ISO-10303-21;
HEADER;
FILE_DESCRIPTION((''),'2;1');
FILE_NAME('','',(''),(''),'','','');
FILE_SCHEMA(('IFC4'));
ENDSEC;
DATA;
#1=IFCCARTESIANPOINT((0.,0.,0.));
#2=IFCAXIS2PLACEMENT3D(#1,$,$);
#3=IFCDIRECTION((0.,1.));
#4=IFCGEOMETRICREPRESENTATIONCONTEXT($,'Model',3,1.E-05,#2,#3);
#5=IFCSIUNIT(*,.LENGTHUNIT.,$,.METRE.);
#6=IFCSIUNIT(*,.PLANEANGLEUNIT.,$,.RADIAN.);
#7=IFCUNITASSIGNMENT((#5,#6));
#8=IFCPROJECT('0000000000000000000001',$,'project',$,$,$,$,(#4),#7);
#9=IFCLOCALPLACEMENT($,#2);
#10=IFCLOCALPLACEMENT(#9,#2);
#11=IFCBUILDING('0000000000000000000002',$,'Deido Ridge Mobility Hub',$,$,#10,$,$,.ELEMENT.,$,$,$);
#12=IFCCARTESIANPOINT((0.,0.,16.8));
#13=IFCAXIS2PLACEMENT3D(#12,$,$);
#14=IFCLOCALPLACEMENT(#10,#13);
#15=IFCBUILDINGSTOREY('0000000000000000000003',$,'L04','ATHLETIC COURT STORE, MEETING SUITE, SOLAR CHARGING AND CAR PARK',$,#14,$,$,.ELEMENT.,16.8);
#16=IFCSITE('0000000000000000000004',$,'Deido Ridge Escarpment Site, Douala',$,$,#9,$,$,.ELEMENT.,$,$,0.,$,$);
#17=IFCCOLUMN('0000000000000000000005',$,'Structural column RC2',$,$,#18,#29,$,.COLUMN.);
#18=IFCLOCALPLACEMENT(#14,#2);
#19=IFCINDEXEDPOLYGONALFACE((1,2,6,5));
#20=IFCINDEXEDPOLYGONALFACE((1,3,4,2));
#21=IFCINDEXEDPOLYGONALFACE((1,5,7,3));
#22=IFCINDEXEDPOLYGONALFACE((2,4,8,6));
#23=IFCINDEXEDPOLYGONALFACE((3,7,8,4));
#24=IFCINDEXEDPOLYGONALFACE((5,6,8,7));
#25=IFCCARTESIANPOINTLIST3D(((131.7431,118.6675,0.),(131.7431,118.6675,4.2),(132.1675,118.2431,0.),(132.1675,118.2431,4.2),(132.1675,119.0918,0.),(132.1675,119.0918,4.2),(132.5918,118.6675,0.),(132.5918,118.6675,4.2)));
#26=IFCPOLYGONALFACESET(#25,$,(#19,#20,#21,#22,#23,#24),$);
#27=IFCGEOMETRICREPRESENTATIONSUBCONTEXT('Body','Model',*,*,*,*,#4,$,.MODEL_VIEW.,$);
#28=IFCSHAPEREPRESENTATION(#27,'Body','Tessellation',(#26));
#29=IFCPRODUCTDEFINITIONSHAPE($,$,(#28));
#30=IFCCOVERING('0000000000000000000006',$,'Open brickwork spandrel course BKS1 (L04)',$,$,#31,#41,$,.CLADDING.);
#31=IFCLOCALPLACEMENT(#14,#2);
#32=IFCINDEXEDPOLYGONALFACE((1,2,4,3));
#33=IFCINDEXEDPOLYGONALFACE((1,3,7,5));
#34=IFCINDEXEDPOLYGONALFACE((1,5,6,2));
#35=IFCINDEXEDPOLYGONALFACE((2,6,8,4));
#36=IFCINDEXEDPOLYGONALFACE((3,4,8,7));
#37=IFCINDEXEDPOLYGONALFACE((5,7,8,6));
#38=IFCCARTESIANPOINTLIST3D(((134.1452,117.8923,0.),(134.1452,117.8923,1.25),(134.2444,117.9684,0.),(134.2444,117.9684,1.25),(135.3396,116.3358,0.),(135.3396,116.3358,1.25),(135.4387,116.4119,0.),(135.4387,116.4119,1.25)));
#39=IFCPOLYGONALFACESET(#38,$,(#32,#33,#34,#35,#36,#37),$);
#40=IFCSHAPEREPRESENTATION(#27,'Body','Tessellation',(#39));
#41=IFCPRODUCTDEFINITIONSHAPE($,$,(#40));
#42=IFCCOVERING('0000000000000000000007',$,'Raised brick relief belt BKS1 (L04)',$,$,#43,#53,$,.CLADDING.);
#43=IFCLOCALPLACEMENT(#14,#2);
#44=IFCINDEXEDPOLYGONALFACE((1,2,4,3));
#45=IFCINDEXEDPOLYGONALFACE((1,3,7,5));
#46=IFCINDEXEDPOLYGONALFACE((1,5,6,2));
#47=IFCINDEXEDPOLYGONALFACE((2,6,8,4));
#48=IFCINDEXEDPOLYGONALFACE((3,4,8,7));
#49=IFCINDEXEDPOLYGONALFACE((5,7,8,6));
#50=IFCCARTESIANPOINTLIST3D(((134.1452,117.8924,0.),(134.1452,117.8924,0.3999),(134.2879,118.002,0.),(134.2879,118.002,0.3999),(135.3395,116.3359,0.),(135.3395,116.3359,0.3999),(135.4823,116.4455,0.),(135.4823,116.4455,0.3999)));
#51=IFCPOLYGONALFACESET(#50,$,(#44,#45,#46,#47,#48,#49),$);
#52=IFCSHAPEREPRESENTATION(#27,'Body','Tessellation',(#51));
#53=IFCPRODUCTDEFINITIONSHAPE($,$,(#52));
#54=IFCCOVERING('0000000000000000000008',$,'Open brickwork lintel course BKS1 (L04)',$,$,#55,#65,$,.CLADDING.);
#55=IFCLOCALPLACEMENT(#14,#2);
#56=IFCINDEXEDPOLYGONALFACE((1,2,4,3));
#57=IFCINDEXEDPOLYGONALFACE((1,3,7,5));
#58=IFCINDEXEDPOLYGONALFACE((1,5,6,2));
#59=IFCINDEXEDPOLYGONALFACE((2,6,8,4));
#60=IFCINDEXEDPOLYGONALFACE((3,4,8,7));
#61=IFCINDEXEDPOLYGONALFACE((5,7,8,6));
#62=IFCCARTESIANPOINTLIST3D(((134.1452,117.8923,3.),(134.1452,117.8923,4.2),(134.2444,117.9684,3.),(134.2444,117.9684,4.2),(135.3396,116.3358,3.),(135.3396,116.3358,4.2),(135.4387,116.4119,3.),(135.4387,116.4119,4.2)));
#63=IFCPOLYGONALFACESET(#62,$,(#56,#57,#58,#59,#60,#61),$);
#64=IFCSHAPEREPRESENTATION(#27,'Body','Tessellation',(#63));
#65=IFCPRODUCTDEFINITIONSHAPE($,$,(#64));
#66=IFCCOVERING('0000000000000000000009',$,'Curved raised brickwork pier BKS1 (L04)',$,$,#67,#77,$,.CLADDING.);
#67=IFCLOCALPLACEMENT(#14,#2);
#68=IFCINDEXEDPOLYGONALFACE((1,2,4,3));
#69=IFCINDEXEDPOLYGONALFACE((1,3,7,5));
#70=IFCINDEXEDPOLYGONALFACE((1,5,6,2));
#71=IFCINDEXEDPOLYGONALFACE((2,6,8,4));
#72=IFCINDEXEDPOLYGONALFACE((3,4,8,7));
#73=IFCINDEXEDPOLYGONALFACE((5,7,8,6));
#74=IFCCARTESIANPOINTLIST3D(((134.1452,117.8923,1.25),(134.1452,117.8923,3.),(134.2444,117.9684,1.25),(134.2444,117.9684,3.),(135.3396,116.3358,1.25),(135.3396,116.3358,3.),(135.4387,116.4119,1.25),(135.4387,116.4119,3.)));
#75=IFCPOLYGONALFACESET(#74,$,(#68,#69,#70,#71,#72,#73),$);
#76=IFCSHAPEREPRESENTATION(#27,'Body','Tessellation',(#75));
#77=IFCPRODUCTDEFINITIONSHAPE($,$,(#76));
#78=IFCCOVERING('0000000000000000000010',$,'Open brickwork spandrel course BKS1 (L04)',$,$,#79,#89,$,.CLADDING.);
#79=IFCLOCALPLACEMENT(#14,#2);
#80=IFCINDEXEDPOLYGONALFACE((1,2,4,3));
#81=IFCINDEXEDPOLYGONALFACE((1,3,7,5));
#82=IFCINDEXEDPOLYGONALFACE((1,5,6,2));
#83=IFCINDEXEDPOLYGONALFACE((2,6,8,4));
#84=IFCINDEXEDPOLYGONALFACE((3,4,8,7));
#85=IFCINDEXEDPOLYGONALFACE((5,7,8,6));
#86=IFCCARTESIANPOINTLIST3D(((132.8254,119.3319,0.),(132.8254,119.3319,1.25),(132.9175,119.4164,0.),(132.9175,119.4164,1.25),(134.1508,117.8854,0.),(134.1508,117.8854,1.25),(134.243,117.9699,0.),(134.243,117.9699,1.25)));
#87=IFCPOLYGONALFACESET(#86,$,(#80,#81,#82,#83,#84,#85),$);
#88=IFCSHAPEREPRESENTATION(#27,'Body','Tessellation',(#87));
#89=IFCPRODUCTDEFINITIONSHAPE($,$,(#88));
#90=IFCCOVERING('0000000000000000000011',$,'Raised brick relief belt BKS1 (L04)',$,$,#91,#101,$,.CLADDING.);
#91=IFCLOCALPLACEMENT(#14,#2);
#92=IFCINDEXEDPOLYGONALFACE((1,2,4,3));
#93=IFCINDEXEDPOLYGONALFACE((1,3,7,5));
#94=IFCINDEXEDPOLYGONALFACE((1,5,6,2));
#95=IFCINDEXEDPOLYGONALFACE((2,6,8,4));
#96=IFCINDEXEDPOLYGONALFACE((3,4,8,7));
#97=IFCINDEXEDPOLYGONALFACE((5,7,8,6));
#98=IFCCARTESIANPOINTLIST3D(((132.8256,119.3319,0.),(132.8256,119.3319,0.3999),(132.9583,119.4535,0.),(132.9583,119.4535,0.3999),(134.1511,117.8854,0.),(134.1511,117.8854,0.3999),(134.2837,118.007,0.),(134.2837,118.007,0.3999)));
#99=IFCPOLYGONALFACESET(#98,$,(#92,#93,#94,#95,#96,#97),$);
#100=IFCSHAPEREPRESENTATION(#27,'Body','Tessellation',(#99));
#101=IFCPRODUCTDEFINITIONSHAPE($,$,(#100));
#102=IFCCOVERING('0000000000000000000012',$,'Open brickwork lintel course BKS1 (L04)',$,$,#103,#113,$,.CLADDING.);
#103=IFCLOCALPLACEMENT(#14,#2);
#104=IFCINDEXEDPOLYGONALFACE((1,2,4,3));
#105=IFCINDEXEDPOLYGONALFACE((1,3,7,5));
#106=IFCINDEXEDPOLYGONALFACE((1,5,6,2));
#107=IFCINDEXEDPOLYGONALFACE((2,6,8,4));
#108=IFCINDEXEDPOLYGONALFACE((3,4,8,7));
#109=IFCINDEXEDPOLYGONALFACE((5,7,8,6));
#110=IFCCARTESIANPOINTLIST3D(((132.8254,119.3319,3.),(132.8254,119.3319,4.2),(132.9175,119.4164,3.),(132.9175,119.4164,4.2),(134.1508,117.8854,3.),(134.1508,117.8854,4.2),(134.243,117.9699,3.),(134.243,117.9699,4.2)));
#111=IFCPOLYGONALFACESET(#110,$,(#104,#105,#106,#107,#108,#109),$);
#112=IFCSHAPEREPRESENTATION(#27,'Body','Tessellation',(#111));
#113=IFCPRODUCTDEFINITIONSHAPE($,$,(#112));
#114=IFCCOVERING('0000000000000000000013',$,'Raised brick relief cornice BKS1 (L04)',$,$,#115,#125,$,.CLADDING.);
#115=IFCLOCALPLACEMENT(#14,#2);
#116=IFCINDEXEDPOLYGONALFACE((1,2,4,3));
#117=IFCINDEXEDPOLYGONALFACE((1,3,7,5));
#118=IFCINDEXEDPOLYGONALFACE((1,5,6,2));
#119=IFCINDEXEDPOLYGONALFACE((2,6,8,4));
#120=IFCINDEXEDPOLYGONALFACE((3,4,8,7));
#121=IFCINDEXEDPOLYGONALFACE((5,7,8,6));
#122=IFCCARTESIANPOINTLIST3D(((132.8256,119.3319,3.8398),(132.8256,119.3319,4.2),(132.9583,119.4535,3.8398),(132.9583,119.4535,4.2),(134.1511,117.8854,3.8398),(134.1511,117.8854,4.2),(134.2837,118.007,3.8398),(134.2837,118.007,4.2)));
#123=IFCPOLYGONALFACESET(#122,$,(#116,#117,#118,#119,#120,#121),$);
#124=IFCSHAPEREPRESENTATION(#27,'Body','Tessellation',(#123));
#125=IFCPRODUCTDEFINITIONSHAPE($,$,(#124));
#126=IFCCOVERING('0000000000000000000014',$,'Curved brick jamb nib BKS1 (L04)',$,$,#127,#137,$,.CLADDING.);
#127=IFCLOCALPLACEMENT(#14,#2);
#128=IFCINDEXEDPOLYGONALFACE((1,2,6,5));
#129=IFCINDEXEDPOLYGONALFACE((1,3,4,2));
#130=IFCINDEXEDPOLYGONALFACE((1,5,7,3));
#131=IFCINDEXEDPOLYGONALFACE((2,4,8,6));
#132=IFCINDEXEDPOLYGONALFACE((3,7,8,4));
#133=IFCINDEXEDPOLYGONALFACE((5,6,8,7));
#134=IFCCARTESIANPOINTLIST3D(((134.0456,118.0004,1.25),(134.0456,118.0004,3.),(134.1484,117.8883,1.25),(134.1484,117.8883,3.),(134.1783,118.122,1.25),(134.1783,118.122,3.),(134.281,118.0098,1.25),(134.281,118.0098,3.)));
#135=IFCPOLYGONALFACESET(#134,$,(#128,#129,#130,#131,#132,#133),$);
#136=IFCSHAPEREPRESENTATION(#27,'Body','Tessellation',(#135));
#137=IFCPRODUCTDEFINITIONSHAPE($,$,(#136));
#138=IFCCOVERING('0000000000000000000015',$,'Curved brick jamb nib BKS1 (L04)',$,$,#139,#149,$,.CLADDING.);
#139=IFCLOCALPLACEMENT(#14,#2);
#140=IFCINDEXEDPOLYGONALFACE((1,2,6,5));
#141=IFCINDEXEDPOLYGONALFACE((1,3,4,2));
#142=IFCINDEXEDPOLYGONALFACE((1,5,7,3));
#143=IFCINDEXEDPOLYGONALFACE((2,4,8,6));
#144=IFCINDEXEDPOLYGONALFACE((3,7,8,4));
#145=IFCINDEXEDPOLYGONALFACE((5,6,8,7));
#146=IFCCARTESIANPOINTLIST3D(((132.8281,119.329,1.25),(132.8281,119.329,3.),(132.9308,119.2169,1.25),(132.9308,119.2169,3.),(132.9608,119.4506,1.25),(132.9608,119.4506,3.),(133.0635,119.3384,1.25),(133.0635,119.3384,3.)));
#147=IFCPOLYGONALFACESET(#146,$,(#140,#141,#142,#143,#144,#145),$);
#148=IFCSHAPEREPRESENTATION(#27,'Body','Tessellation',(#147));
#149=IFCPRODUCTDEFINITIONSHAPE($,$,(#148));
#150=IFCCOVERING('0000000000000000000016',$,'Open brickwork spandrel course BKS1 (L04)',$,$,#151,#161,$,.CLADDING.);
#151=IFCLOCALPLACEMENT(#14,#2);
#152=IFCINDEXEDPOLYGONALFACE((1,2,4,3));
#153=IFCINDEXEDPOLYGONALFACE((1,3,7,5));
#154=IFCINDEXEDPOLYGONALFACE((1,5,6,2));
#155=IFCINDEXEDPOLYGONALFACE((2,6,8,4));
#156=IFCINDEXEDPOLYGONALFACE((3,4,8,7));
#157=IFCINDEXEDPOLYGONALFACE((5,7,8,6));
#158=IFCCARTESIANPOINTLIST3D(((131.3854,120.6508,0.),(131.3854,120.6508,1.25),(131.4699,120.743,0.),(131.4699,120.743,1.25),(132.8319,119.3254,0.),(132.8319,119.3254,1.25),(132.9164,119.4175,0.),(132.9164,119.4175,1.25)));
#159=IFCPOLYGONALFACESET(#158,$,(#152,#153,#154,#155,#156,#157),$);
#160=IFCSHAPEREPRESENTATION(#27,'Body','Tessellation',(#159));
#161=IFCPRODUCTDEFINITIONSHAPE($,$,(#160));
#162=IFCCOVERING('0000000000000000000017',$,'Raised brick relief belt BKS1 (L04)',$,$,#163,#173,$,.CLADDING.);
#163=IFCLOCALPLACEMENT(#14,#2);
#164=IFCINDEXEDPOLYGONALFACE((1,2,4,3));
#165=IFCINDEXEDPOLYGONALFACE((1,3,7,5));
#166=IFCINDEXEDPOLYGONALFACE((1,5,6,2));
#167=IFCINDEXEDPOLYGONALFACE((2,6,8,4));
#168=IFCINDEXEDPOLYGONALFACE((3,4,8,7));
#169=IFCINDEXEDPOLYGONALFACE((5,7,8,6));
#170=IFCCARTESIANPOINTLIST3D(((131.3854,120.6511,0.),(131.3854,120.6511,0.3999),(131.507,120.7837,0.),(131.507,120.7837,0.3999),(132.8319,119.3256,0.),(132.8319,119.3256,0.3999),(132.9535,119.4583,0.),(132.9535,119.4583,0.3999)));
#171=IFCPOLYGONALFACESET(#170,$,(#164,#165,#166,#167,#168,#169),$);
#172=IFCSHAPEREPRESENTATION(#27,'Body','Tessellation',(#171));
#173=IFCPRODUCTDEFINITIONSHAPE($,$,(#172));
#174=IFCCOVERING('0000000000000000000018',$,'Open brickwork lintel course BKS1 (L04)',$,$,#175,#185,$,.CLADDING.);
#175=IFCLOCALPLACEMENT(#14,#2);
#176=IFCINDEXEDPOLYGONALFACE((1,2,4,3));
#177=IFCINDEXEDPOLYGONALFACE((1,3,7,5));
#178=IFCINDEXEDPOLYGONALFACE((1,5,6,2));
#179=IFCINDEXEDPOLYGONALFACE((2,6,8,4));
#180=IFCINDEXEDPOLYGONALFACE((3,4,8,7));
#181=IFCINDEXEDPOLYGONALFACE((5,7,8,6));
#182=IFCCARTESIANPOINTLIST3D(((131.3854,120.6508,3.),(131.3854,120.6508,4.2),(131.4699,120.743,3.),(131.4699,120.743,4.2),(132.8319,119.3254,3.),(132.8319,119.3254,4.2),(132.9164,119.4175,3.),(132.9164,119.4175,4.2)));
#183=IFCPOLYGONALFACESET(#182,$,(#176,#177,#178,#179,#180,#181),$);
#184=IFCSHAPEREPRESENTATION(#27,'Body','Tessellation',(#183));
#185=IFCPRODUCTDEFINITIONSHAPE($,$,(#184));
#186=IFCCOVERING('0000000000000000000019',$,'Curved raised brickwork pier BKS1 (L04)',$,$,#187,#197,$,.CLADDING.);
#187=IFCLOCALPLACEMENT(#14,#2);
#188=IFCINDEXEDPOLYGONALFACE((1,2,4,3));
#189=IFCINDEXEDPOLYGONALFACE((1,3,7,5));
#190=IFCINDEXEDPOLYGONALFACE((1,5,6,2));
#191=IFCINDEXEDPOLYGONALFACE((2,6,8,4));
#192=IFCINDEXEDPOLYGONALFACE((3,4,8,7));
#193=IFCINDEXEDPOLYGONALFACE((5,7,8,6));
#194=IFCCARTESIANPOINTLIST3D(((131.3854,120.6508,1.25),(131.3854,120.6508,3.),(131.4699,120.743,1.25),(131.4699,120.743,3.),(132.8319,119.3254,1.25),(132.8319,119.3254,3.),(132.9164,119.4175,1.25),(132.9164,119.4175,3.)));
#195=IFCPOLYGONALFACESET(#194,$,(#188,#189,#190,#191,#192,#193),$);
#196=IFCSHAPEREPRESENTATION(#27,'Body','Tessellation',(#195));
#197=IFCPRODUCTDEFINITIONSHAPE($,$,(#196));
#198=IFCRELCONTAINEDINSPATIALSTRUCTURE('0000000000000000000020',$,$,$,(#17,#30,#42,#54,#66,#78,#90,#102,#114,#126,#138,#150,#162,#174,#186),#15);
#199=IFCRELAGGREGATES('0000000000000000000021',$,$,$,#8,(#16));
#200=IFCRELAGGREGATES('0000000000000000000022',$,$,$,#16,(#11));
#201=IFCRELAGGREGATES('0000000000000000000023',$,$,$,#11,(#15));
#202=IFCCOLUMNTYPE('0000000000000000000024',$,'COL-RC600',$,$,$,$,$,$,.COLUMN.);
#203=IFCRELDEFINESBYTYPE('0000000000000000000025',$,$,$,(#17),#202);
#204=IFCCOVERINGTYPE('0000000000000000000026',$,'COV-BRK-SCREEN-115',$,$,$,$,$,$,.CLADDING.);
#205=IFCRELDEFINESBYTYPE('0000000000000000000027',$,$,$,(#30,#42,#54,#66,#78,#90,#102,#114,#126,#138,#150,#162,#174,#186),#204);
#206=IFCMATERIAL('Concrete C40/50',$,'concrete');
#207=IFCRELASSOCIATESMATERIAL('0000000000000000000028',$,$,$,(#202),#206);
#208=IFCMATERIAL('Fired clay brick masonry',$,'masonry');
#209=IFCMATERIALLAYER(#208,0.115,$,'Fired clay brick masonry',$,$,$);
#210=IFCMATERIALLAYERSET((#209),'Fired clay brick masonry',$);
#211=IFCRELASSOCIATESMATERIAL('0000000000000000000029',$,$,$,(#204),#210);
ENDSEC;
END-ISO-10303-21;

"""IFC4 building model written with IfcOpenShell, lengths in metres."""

from ifc_helpers import new_model, si_unit, direction, frame, origin, origin_2d, place, context, subcontext, project, spatial, rectangle, extrude, material, layer, layer_set, material_profile, profile_set, type_object, element, save


model = new_model("IFC4")

# Units and contexts
model_context = context("Model", 3, precision=1e-05, world=origin(), true_north=direction((0.0, 1.0)))
body_context = subcontext(model_context, "Body", "Model", "MODEL_VIEW")
ifc_project = project(units=[si_unit("LENGTHUNIT", "METRE"), si_unit("PLANEANGLEUNIT", "RADIAN")], contexts=[model_context])

# Site, building, storey
site_placement = place(None, origin())
site = spatial("IfcSite", under=ifc_project, at=site_placement, Name="Deido Ridge Escarpment Site, Douala", CompositionType="ELEMENT", RefElevation=0.0)
building_placement = place(site_placement, origin())
building = spatial("IfcBuilding", under=site, at=building_placement, Name="Deido Ridge Mobility Hub", CompositionType="ELEMENT")
storey_placement = place(building_placement, frame((0.0, 0.0, 16.8)))
storey = spatial("IfcBuildingStorey", under=building, at=storey_placement, Name="L04", Description="ATHLETIC COURT STORE, MEETING SUITE, SOLAR CHARGING AND CAR PARK", CompositionType="ELEMENT", Elevation=16.8)

# Column
ifc_material_1 = material(Name="Concrete C40/50", Category="concrete")
ifc_material_profile = material_profile(ifc_material_1, rectangle(XDim=0.6001, YDim=0.6001, at=origin_2d()), Name="RC COL 600x600")
ifc_profile_set = profile_set([ifc_material_profile], Name="Concrete C40/50")
column_type = type_object("IfcColumnType", Name="COL-RC600", PredefinedType="COLUMN", material=ifc_profile_set)
column_placement = place(storey_placement, frame((132.1675, 118.6675, 0.0), z_axis=(0.0, 0.0, 1.0), x_axis=(0.707107, 0.707107, 0.0)))
element("IfcColumn", 1, at=column_placement, inside=storey, type_object=column_type, Name="Structural column RC2", PredefinedType="COLUMN", context=body_context, shape_type="SweptSolid", body=[
    extrude(rectangle(XDim=0.6001, YDim=0.6001, at=origin_2d()), origin(), (0.0, 0.0, 1.0), 4.2),
])

# Coverings
ifc_material_2 = material(Name="Fired clay brick masonry", Category="masonry")
ifc_layer = layer(ifc_material_2, 0.115, Name="Fired clay brick masonry")
ifc_layer_set = layer_set([ifc_layer], Name="Fired clay brick masonry")
covering_type = type_object("IfcCoveringType", Name="COV-BRK-SCREEN-115", PredefinedType="CLADDING", material=ifc_layer_set)
covering_1_placement = place(storey_placement, frame((134.792, 117.1521, 0.0), z_axis=(0.0, 0.0, 1.0), x_axis=(-0.608761, 0.793353, 0.0)))
element("IfcCovering", 2, at=covering_1_placement, inside=storey, type_object=covering_type, Name="Open brickwork spandrel course BKS1 (L04)", PredefinedType="CLADDING", context=body_context, shape_type="SweptSolid", body=[
    extrude(rectangle(XDim=1.9619, YDim=0.125, at=origin_2d()), origin(), (0.0, 0.0, 1.0), 1.25),
])
covering_2_placement = place(storey_placement, frame((134.8137, 117.1689, 0.0), z_axis=(0.0, 0.0, 1.0), x_axis=(-0.608761, 0.793353, 0.0)))
element("IfcCovering", 3, at=covering_2_placement, inside=storey, type_object=covering_type, Name="Raised brick relief belt BKS1 (L04)", PredefinedType="CLADDING", context=body_context, shape_type="SweptSolid", body=[
    extrude(rectangle(XDim=1.9619, YDim=0.1799, at=origin_2d()), origin(), (0.0, 0.0, 1.0), 0.3999),
])
covering_3_placement = place(storey_placement, frame((134.792, 117.1521, 3.0), z_axis=(0.0, 0.0, 1.0), x_axis=(-0.608761, 0.793353, 0.0)))
element("IfcCovering", 4, at=covering_3_placement, inside=storey, type_object=covering_type, Name="Open brickwork lintel course BKS1 (L04)", PredefinedType="CLADDING", context=body_context, shape_type="SweptSolid", body=[
    extrude(rectangle(XDim=1.9619, YDim=0.125, at=origin_2d()), origin(), (0.0, 0.0, 1.0), 1.2),
])
covering_4_placement = place(storey_placement, frame((134.792, 117.1521, 1.25), z_axis=(0.0, 0.0, 1.0), x_axis=(-0.608761, 0.793353, 0.0)))
element("IfcCovering", 5, at=covering_4_placement, inside=storey, type_object=covering_type, Name="Curved raised brickwork pier BKS1 (L04)", PredefinedType="CLADDING", context=body_context, shape_type="SweptSolid", body=[
    extrude(rectangle(XDim=1.9619, YDim=0.125, at=origin_2d()), origin(), (0.0, 0.0, 1.0), 1.75),
])
covering_5_placement = place(storey_placement, frame((133.5342, 118.6509, 0.0), z_axis=(0.0, 0.0, 1.0), x_axis=(-0.675577, 0.737289, 0.0)))
element("IfcCovering", 6, at=covering_5_placement, inside=storey, type_object=covering_type, Name="Open brickwork spandrel course BKS1 (L04)", PredefinedType="CLADDING", context=body_context, shape_type="SweptSolid", body=[
    extrude(rectangle(XDim=1.9619, YDim=0.125, at=origin_2d()), origin(), (0.0, 0.0, 1.0), 1.25),
])
covering_6_placement = place(storey_placement, frame((133.5547, 118.6694, 0.0), z_axis=(0.0, 0.0, 1.0), x_axis=(-0.675577, 0.737289, 0.0)))
element("IfcCovering", 7, at=covering_6_placement, inside=storey, type_object=covering_type, Name="Raised brick relief belt BKS1 (L04)", PredefinedType="CLADDING", context=body_context, shape_type="SweptSolid", body=[
    extrude(rectangle(XDim=1.9619, YDim=0.1799, at=origin_2d()), origin(), (0.0, 0.0, 1.0), 0.3999),
])
covering_7_placement = place(storey_placement, frame((133.5342, 118.6509, 3.0), z_axis=(0.0, 0.0, 1.0), x_axis=(-0.675577, 0.737289, 0.0)))
element("IfcCovering", 8, at=covering_7_placement, inside=storey, type_object=covering_type, Name="Open brickwork lintel course BKS1 (L04)", PredefinedType="CLADDING", context=body_context, shape_type="SweptSolid", body=[
    extrude(rectangle(XDim=1.9619, YDim=0.125, at=origin_2d()), origin(), (0.0, 0.0, 1.0), 1.2),
])
covering_8_placement = place(storey_placement, frame((133.5547, 118.6694, 3.8398), z_axis=(0.0, 0.0, 1.0), x_axis=(-0.675577, 0.737289, 0.0)))
element("IfcCovering", 9, at=covering_8_placement, inside=storey, type_object=covering_type, Name="Raised brick relief cornice BKS1 (L04)", PredefinedType="CLADDING", context=body_context, shape_type="SweptSolid", body=[
    extrude(rectangle(XDim=1.9619, YDim=0.1799, at=origin_2d()), origin(), (0.0, 0.0, 1.0), 0.3601),
])
for number, where, z_axis, x_axis, name in (
    (10, (134.1633, 118.0051, 1.25), (0.0, 0.0, 1.0), (-0.675577, 0.737289, 0.0), "Curved brick jamb nib BKS1 (L04)"),
    (11, (132.9458, 119.3337, 1.25), (0.0, 0.0, 1.0), (-0.675577, 0.737289, 0.0), "Curved brick jamb nib BKS1 (L04)"),
):
    element("IfcCovering", number, at=place(storey_placement, frame(where, z_axis=z_axis, x_axis=x_axis)), inside=storey, type_object=covering_type, Name=name, PredefinedType="CLADDING", context=body_context, shape_type="SweptSolid", body=[
        extrude(rectangle(XDim=0.1521, YDim=0.1799, at=origin_2d()), origin(), (0.0, 0.0, 1.0), 1.75),
    ])
covering_9_placement = place(storey_placement, frame((132.1509, 120.0342, 0.0), z_axis=(0.0, 0.0, 1.0), x_axis=(-0.737289, 0.675577, 0.0)))
element("IfcCovering", 12, at=covering_9_placement, inside=storey, type_object=covering_type, Name="Open brickwork spandrel course BKS1 (L04)", PredefinedType="CLADDING", context=body_context, shape_type="SweptSolid", body=[
    extrude(rectangle(XDim=1.9619, YDim=0.125, at=origin_2d()), origin(), (0.0, 0.0, 1.0), 1.25),
])
covering_10_placement = place(storey_placement, frame((132.1694, 120.0547, 0.0), z_axis=(0.0, 0.0, 1.0), x_axis=(-0.737289, 0.675577, 0.0)))
element("IfcCovering", 13, at=covering_10_placement, inside=storey, type_object=covering_type, Name="Raised brick relief belt BKS1 (L04)", PredefinedType="CLADDING", context=body_context, shape_type="SweptSolid", body=[
    extrude(rectangle(XDim=1.9619, YDim=0.1799, at=origin_2d()), origin(), (0.0, 0.0, 1.0), 0.3999),
])
covering_11_placement = place(storey_placement, frame((132.1509, 120.0342, 3.0), z_axis=(0.0, 0.0, 1.0), x_axis=(-0.737289, 0.675577, 0.0)))
element("IfcCovering", 14, at=covering_11_placement, inside=storey, type_object=covering_type, Name="Open brickwork lintel course BKS1 (L04)", PredefinedType="CLADDING", context=body_context, shape_type="SweptSolid", body=[
    extrude(rectangle(XDim=1.9619, YDim=0.125, at=origin_2d()), origin(), (0.0, 0.0, 1.0), 1.2),
])
covering_12_placement = place(storey_placement, frame((132.1509, 120.0342, 1.25), z_axis=(0.0, 0.0, 1.0), x_axis=(-0.737289, 0.675577, 0.0)))
element("IfcCovering", 15, at=covering_12_placement, inside=storey, type_object=covering_type, Name="Curved raised brickwork pier BKS1 (L04)", PredefinedType="CLADDING", context=body_context, shape_type="SweptSolid", body=[
    extrude(rectangle(XDim=1.9619, YDim=0.125, at=origin_2d()), origin(), (0.0, 0.0, 1.0), 1.75),
])

save(model, "model.ifc")
